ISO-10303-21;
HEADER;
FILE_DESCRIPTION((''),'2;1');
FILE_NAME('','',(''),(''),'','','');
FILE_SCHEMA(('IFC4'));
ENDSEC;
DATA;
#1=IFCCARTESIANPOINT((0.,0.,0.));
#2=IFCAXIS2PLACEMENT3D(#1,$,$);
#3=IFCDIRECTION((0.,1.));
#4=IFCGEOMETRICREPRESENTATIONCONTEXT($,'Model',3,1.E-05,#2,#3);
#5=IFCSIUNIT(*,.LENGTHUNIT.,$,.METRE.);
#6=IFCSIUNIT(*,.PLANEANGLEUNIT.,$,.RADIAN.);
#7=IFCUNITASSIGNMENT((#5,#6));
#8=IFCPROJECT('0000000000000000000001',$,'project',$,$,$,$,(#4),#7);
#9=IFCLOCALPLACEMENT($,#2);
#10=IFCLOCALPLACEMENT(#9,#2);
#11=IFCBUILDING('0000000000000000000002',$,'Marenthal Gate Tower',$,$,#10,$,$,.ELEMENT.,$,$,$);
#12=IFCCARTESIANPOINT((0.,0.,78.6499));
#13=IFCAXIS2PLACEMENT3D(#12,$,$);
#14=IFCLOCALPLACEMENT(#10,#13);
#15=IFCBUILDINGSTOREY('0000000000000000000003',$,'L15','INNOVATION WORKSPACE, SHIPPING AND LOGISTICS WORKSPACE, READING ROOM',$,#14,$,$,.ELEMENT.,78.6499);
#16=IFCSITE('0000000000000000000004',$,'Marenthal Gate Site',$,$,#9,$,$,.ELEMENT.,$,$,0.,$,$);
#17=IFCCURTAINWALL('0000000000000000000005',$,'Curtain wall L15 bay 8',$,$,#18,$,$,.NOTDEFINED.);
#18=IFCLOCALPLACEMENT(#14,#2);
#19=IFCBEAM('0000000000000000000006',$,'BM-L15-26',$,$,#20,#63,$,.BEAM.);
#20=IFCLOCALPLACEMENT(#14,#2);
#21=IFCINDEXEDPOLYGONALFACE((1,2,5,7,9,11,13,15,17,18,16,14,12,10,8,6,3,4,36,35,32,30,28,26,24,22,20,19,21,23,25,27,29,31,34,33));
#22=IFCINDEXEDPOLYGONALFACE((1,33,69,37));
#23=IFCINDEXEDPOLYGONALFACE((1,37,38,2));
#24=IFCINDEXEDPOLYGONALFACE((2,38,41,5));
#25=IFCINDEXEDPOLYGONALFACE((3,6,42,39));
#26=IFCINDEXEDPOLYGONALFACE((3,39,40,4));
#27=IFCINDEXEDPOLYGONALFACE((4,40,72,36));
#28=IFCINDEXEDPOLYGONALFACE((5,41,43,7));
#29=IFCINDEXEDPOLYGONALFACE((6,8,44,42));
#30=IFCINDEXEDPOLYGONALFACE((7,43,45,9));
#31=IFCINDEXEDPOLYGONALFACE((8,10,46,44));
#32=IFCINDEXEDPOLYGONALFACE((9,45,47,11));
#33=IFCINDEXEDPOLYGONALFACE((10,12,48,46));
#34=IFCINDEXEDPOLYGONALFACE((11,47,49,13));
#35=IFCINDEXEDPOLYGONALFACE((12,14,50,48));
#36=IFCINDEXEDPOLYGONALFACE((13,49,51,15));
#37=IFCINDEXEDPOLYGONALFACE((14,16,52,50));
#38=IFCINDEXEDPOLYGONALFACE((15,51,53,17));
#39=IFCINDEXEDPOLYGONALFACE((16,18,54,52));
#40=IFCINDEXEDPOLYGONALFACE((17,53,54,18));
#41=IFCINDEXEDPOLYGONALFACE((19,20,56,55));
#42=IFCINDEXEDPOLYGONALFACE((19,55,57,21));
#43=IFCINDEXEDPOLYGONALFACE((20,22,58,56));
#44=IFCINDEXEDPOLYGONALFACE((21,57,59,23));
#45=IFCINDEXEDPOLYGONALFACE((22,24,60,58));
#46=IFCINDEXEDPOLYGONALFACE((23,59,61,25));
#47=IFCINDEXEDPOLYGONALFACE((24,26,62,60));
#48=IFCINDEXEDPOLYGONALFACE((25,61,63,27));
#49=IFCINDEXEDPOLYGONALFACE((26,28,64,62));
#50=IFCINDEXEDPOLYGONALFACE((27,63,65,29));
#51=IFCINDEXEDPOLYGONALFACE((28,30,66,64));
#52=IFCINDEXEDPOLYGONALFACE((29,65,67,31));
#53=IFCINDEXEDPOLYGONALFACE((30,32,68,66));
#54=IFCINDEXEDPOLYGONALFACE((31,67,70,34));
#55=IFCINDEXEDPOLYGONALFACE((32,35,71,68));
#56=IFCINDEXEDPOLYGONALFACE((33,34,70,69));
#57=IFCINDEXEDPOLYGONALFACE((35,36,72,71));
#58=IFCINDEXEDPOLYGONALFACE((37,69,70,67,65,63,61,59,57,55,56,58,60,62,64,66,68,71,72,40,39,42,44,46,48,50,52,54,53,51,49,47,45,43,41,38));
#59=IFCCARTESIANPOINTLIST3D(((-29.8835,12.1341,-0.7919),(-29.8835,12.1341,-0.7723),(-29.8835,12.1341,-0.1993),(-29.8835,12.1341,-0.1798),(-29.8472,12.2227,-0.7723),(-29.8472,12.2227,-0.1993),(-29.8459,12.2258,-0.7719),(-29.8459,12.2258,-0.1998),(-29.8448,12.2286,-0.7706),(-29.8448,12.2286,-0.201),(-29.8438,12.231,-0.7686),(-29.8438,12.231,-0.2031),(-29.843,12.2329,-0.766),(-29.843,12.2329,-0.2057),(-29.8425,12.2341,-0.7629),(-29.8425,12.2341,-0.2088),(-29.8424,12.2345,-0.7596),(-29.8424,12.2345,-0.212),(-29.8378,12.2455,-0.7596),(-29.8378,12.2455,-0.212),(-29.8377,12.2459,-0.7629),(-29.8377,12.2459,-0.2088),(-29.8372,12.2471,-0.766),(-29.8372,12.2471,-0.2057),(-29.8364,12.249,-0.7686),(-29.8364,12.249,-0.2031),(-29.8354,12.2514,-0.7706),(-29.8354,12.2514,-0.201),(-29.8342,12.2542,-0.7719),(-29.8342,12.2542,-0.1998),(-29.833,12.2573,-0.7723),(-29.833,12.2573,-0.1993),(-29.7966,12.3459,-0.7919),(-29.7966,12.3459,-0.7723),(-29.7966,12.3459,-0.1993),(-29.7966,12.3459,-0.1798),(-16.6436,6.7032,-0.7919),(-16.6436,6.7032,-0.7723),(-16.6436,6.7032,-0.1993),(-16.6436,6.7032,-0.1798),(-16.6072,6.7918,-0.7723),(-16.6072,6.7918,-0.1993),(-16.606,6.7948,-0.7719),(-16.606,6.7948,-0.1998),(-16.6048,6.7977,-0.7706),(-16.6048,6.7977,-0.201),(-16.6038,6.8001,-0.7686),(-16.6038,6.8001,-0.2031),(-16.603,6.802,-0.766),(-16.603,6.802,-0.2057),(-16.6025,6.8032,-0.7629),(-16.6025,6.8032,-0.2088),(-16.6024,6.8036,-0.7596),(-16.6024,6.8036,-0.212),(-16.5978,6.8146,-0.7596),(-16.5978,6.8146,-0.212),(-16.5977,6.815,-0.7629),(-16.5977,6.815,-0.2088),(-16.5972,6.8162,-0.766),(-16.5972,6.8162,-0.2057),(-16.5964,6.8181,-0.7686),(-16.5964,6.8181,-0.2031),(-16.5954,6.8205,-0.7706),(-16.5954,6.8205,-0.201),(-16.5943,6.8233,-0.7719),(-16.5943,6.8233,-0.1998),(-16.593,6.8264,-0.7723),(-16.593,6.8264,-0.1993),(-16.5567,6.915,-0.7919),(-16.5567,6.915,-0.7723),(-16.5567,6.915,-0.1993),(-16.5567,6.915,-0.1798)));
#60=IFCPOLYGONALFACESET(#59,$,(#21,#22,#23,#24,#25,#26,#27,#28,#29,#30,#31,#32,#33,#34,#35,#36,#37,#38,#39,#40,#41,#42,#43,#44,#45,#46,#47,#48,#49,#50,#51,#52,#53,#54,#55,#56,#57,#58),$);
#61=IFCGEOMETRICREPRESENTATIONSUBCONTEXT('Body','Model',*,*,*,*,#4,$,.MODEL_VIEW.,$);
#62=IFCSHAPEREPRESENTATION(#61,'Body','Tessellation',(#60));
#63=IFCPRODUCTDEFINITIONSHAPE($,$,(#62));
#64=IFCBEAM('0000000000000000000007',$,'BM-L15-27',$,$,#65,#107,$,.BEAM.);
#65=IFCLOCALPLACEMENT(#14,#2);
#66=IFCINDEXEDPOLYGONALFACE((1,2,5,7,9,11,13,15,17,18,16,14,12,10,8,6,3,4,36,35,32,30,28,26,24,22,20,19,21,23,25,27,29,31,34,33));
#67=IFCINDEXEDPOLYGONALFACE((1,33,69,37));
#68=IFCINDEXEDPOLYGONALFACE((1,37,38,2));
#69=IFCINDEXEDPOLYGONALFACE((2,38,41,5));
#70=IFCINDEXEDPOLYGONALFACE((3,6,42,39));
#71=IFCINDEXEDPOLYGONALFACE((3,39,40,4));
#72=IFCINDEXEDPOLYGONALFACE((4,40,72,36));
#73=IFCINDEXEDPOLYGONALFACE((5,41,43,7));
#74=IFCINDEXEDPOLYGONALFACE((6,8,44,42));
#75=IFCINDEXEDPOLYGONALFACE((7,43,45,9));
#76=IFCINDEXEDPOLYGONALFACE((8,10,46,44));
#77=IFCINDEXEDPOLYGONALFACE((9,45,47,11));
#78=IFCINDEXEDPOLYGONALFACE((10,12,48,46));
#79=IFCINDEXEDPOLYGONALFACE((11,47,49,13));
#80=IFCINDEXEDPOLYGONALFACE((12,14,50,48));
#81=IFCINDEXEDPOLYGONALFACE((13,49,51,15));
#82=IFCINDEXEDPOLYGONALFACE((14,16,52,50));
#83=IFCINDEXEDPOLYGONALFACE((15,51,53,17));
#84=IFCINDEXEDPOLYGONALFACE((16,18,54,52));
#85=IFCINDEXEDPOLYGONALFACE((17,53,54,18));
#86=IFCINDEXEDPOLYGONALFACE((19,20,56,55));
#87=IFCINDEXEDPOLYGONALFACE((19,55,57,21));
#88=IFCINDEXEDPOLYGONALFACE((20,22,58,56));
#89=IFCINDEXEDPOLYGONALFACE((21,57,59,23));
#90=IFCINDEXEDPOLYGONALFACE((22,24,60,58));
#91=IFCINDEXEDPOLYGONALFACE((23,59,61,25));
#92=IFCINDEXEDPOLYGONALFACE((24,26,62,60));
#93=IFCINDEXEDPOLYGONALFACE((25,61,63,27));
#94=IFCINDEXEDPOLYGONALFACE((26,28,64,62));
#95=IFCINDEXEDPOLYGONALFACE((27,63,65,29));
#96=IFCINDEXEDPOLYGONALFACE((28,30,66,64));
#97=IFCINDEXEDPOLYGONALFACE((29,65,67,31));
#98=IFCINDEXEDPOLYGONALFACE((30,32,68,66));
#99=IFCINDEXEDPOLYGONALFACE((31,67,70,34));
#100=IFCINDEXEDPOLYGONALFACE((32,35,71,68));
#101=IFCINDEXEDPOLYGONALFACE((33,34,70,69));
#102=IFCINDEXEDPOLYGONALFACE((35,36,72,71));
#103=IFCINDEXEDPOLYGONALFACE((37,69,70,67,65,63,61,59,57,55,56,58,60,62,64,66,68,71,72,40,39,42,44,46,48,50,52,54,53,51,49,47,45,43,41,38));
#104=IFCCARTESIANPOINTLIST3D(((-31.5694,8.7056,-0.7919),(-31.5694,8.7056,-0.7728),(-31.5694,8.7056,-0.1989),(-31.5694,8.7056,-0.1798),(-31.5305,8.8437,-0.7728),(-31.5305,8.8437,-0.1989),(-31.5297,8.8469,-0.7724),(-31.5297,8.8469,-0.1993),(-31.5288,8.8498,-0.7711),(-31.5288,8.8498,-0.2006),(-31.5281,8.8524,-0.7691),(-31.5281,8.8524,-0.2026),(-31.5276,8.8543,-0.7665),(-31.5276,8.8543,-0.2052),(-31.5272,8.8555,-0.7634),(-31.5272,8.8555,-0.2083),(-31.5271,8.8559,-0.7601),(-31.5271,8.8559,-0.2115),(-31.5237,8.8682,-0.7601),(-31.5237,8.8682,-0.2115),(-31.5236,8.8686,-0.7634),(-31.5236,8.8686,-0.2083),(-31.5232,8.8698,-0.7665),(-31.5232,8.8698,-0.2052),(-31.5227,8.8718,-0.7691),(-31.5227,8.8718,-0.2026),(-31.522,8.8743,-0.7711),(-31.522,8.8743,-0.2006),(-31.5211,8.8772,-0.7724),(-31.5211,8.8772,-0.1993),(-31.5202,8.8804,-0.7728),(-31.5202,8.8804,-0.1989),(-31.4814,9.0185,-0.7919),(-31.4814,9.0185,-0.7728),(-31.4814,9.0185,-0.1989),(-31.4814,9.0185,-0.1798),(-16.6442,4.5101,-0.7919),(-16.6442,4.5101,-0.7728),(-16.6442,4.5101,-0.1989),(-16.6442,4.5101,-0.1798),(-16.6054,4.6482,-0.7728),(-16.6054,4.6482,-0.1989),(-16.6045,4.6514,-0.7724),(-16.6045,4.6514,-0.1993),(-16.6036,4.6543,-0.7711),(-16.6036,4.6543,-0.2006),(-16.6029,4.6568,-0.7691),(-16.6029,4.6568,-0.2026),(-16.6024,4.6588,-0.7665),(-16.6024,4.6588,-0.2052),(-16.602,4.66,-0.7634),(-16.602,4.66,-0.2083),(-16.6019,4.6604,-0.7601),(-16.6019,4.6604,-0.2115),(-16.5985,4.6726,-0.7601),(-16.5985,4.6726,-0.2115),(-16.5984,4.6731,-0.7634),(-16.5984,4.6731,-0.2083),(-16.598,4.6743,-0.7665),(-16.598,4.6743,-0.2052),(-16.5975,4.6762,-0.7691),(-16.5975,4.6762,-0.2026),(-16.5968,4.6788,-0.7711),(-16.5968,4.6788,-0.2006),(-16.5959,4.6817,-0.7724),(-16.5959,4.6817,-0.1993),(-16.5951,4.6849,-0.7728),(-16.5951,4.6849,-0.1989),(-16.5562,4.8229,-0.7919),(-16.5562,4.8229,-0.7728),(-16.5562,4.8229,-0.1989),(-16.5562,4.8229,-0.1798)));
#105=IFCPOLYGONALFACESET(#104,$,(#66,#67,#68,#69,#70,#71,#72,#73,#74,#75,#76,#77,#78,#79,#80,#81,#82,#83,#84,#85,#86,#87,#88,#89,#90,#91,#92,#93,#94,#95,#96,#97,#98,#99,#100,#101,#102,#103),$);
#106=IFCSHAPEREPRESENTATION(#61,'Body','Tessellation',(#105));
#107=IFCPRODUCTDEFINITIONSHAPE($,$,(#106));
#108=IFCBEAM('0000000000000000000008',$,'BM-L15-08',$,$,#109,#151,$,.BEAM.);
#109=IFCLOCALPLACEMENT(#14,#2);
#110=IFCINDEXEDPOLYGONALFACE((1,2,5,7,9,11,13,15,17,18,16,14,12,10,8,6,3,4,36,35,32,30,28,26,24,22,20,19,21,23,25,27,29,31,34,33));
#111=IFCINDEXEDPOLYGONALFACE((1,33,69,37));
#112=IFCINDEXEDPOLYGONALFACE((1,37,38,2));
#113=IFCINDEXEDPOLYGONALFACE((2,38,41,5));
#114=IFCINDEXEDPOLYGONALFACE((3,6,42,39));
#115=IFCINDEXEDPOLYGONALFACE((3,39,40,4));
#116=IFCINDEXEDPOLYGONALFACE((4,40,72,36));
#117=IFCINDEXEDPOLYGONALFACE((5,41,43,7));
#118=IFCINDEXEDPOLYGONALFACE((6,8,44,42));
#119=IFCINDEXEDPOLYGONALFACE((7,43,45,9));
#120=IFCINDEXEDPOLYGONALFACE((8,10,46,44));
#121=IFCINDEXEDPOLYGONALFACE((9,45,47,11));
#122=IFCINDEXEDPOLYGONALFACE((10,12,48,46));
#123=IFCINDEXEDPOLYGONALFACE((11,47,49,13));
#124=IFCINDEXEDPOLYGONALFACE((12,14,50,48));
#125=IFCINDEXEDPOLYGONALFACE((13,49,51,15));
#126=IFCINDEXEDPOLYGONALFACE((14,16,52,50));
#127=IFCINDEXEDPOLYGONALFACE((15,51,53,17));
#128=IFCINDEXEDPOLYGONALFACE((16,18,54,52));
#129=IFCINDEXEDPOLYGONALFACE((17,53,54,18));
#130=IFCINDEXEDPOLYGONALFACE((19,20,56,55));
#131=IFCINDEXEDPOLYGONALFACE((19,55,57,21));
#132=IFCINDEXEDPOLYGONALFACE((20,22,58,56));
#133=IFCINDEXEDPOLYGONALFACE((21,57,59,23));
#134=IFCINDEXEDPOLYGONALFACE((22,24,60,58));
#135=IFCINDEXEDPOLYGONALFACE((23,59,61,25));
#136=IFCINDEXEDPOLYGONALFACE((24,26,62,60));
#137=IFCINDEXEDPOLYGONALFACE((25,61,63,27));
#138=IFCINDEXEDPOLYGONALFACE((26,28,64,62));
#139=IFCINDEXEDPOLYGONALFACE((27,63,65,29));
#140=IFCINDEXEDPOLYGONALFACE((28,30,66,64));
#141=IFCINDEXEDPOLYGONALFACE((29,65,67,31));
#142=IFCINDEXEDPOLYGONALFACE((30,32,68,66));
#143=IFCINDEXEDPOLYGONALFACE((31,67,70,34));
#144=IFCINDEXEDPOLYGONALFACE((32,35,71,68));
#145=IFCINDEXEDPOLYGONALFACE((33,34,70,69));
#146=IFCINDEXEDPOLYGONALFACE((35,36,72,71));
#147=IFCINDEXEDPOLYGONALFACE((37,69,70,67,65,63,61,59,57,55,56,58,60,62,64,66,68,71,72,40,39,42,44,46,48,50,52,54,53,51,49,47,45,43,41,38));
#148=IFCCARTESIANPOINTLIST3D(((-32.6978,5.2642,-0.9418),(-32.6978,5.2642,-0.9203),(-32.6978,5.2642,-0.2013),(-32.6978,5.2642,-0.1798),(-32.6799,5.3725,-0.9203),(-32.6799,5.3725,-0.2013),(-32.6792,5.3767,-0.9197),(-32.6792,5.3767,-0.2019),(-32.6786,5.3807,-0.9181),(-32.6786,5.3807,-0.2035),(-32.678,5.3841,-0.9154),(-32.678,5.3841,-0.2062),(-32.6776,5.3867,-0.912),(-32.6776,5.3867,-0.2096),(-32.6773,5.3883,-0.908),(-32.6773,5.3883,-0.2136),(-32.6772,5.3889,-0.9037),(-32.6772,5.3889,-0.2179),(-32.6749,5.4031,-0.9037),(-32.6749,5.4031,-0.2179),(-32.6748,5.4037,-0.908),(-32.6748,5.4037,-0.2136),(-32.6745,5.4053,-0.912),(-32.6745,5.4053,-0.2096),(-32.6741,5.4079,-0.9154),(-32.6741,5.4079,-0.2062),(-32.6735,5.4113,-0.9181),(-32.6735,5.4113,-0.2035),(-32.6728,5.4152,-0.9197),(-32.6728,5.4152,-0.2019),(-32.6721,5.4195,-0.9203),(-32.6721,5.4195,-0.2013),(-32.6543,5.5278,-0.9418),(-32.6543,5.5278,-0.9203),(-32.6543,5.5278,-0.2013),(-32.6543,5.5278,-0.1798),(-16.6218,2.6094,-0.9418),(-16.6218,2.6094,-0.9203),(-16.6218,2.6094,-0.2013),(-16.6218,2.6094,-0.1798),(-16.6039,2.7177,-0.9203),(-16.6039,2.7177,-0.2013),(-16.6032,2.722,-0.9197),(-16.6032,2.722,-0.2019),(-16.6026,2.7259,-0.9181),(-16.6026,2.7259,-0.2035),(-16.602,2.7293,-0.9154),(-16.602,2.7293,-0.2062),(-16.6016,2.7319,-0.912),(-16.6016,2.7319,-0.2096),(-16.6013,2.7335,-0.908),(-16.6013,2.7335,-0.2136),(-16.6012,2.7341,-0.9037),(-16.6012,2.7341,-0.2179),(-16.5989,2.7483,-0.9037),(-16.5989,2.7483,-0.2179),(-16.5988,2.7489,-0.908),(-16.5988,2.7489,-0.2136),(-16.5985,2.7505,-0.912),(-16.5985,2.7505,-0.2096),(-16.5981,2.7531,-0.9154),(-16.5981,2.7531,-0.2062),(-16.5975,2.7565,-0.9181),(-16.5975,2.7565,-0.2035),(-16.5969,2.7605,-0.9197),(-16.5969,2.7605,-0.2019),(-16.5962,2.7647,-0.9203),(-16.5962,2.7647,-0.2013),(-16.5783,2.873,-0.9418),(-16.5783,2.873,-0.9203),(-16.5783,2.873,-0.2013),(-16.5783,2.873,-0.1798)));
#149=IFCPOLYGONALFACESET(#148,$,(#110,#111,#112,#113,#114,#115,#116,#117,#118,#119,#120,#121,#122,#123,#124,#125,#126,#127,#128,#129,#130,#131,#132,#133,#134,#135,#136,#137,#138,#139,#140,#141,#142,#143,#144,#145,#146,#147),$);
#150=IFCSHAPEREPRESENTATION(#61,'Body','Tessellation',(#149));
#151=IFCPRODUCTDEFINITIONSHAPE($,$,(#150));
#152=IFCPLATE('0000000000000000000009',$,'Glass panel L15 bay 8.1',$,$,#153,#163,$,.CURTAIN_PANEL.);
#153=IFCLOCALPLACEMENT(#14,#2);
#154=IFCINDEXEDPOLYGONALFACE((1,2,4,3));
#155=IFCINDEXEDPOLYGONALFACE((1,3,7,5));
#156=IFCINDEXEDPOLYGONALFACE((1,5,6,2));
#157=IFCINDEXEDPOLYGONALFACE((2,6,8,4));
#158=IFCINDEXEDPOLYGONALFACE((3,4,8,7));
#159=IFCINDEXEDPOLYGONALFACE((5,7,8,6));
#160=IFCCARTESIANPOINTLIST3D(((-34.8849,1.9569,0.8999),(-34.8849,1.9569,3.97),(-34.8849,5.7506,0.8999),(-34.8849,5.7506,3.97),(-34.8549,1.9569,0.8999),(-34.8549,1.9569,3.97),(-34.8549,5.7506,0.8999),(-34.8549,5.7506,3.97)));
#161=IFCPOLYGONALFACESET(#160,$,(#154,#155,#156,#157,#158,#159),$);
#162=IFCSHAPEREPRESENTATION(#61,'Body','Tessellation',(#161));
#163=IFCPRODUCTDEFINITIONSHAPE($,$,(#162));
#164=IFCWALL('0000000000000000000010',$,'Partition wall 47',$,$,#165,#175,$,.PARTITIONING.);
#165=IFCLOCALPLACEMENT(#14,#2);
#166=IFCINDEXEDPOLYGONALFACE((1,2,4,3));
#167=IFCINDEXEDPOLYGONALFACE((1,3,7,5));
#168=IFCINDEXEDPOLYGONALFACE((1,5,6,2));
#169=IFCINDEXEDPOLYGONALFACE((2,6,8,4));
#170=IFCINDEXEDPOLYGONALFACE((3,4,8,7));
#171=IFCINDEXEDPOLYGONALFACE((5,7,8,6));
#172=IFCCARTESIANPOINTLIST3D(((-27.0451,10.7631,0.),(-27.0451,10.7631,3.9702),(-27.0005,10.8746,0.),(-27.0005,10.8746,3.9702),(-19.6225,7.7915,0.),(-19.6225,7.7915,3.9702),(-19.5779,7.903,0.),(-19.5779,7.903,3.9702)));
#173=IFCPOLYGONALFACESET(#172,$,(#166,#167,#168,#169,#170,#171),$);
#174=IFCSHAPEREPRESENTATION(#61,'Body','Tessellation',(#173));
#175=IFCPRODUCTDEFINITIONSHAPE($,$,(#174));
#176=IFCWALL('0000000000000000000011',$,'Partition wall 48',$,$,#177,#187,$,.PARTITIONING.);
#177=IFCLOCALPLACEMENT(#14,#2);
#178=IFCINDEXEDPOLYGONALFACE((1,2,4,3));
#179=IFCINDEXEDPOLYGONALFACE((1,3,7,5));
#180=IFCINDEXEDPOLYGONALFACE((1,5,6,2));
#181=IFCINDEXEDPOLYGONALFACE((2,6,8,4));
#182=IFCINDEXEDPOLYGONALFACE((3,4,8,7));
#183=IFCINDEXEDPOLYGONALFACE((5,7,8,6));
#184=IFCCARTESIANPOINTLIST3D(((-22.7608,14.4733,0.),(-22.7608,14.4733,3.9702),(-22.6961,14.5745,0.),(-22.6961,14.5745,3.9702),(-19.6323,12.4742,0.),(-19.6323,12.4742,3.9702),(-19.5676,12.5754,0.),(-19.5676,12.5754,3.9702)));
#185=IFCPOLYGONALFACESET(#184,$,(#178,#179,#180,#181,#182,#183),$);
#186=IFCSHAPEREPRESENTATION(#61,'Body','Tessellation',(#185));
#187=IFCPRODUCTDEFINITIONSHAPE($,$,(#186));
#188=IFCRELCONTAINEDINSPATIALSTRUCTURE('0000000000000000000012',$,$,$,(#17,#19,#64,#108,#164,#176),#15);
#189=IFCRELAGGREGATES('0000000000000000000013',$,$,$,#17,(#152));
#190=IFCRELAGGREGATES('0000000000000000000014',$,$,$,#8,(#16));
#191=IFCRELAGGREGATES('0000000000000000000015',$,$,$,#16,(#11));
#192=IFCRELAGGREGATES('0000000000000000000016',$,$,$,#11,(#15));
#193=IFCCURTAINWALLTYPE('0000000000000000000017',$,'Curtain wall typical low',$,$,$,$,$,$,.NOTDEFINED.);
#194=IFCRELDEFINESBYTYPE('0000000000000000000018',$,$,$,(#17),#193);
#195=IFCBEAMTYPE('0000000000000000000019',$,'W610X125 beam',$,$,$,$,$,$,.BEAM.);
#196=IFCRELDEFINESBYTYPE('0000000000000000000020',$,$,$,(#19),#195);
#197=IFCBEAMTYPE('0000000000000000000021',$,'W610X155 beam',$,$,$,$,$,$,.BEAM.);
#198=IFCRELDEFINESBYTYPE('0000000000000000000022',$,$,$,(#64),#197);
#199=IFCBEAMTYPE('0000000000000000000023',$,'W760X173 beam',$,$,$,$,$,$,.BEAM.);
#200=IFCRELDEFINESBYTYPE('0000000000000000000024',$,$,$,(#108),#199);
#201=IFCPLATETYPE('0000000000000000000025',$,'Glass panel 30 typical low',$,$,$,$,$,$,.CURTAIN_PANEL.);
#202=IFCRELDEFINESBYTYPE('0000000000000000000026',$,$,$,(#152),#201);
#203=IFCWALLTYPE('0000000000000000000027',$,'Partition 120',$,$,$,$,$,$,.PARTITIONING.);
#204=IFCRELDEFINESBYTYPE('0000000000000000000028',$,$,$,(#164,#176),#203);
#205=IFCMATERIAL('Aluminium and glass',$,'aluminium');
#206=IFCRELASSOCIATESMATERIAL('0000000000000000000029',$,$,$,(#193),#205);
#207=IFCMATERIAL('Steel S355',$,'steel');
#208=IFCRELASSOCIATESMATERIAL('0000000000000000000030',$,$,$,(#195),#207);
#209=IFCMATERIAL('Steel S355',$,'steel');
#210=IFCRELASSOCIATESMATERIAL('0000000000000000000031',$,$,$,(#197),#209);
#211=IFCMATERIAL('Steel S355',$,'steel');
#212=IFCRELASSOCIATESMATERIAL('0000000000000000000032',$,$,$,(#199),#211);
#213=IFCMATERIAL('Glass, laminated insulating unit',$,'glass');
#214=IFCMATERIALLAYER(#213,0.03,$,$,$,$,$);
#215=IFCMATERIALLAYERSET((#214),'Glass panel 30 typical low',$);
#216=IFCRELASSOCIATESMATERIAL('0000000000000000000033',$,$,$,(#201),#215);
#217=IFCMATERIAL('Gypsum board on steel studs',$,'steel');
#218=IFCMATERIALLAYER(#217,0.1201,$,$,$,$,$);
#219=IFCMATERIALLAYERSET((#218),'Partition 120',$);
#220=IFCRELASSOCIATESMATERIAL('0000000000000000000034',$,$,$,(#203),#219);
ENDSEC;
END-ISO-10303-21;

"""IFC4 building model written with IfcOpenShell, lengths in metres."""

from ifc_helpers import new_model, si_unit, direction, frame, frame_2d, origin, origin_2d, place, context, subcontext, project, spatial, rectangle, i_section, extrude, material, layer, layer_set, material_profile, profile_set, type_object, element, aggregate, save


model = new_model("IFC4")

# Units and contexts
model_context = context("Model", 3, precision=1e-05, world=origin(), true_north=direction((0.0, 1.0)))
body_context = subcontext(model_context, "Body", "Model", "MODEL_VIEW")
ifc_project = project(units=[si_unit("LENGTHUNIT", "METRE"), si_unit("PLANEANGLEUNIT", "RADIAN")], contexts=[model_context])

# Site, building, storey
site_placement = place(None, origin())
site = spatial("IfcSite", under=ifc_project, at=site_placement, Name="Marenthal Gate Site", CompositionType="ELEMENT", RefElevation=0.0)
building_placement = place(site_placement, origin())
building = spatial("IfcBuilding", under=site, at=building_placement, Name="Marenthal Gate Tower", CompositionType="ELEMENT")
storey_placement = place(building_placement, frame((0.0, 0.0, 78.6499)))
storey = spatial("IfcBuildingStorey", under=building, at=storey_placement, Name="L15", Description="INNOVATION WORKSPACE, SHIPPING AND LOGISTICS WORKSPACE, READING ROOM", CompositionType="ELEMENT", Elevation=78.6499)

# Curtain wall
ifc_material_1 = material(Name="Aluminium and glass", Category="aluminium")
curtain_wall_type = type_object("IfcCurtainWallType", Name="Curtain wall typical low", PredefinedType="NOTDEFINED", material=ifc_material_1)
curtain_wall_placement = place(storey_placement, origin())
curtain_wall = element("IfcCurtainWall", 1, at=curtain_wall_placement, inside=storey, type_object=curtain_wall_type, Name="Curtain wall L15 bay 8", PredefinedType="NOTDEFINED")

# Beams
ifc_material_2 = material(Name="Steel S355", Category="steel")
ifc_material_profile_1 = material_profile(ifc_material_2, i_section(OverallWidth=0.229, OverallDepth=0.6121, WebThickness=0.012, FlangeThickness=0.0195, FilletRadius=0.0127, at=origin_2d()), Name="W610X125")
ifc_profile_set_1 = profile_set([ifc_material_profile_1], Name="Steel S355")
beam_type_1 = type_object("IfcBeamType", Name="W610X125 beam", PredefinedType="BEAM", material=ifc_profile_set_1)
beam_1_placement = place(storey_placement, frame((-29.8401, 12.24, -0.4858), z_axis=(0.92519, -0.379504, 0.0), x_axis=(0.379504, 0.92519, 0.0)))
element("IfcBeam", 2, at=beam_1_placement, inside=storey, type_object=beam_type_1, Name="BM-L15-26", PredefinedType="BEAM", context=body_context, shape_type="SweptSolid", body=[
    extrude(i_section(OverallWidth=0.229, OverallDepth=0.6121, WebThickness=0.012, FlangeThickness=0.0195, FilletRadius=0.0127, at=origin_2d()), origin(), (0.0, 0.0, 1.0), 14.3105),
])
ifc_material_3 = material(Name="Steel S355", Category="steel")
ifc_material_profile_2 = material_profile(ifc_material_3, i_section(OverallWidth=0.325, OverallDepth=0.6121, WebThickness=0.0127, FlangeThickness=0.019, FilletRadius=0.0127, at=origin_2d()), Name="W610X155")
ifc_profile_set_2 = profile_set([ifc_material_profile_2], Name="Steel S355")
beam_type_2 = type_object("IfcBeamType", Name="W610X155 beam", PredefinedType="BEAM", material=ifc_profile_set_2)
beam_2_placement = place(storey_placement, frame((-31.5254, 8.8621, -0.4858), z_axis=(0.962688, -0.270615, 0.0), x_axis=(0.270615, 0.962688, 0.0)))
element("IfcBeam", 3, at=beam_2_placement, inside=storey, type_object=beam_type_2, Name="BM-L15-27", PredefinedType="BEAM", context=body_context, shape_type="SweptSolid", body=[
    extrude(i_section(OverallWidth=0.325, OverallDepth=0.6121, WebThickness=0.0127, FlangeThickness=0.019, FilletRadius=0.0127, at=origin_2d()), origin(), (0.0, 0.0, 1.0), 15.5037),
])
ifc_material_4 = material(Name="Steel S355", Category="steel")
ifc_material_profile_3 = material_profile(ifc_material_4, i_section(OverallWidth=0.2671, OverallDepth=0.762, WebThickness=0.0144, FlangeThickness=0.0215, FilletRadius=0.0166, at=origin_2d()), Name="W760X173")
ifc_profile_set_3 = profile_set([ifc_material_profile_3], Name="Steel S355")
beam_type_3 = type_object("IfcBeamType", Name="W760X173 beam", PredefinedType="BEAM", material=ifc_profile_set_3)
beam_3_placement = place(storey_placement, frame((-32.676, 5.396, -0.5608), z_axis=(0.986637, -0.162934, 0.0), x_axis=(0.162934, 0.986637, 0.0)))
element("IfcBeam", 4, at=beam_3_placement, inside=storey, type_object=beam_type_3, Name="BM-L15-08", PredefinedType="BEAM", context=body_context, shape_type="SweptSolid", body=[
    extrude(i_section(OverallWidth=0.2671, OverallDepth=0.762, WebThickness=0.0144, FlangeThickness=0.0215, FilletRadius=0.0166, at=origin_2d()), origin(), (0.0, 0.0, 1.0), 16.2937),
])

# Plate
ifc_material_5 = material(Name="Glass, laminated insulating unit", Category="glass")
ifc_layer_1 = layer(ifc_material_5, 0.03)
ifc_layer_set_1 = layer_set([ifc_layer_1], Name="Glass panel 30 typical low")
plate_type = type_object("IfcPlateType", Name="Glass panel 30 typical low", PredefinedType="CURTAIN_PANEL", material=ifc_layer_set_1)
plate_placement = place(storey_placement, frame((-34.8699, 3.8538, 0.8999), z_axis=(0.0, 0.0, 1.0), x_axis=(0.0, -1.0, 0.0)))
plate = element("IfcPlate", 5, at=plate_placement, type_object=plate_type, Name="Glass panel L15 bay 8.1", PredefinedType="CURTAIN_PANEL", context=body_context, shape_type="SweptSolid", body=[
    extrude(rectangle(XDim=3.7937, YDim=0.03, at=origin_2d()), origin(), (0.0, 0.0, 1.0), 3.0701),
])
aggregate(curtain_wall, [plate])

# Walls
ifc_material_6 = material(Name="Gypsum board on steel studs", Category="steel")
ifc_layer_2 = layer(ifc_material_6, 0.1201)
ifc_layer_set_2 = layer_set([ifc_layer_2], Name="Partition 120")
wall_type = type_object("IfcWallType", Name="Partition 120", PredefinedType="PARTITIONING", material=ifc_layer_set_2)
wall_1_placement = place(storey_placement, frame((-27.0227, 10.8188, 0.0), z_axis=(0.0, 0.0, 1.0), x_axis=(0.928363, -0.371675, 0.0)))
element("IfcWall", 6, at=wall_1_placement, inside=storey, type_object=wall_type, Name="Partition wall 47", PredefinedType="PARTITIONING", context=body_context, shape_type="SweptSolid", body=[
    extrude(rectangle(XDim=7.9954, YDim=0.1201, at=frame_2d((3.9976, 0.0))), origin(), (0.0, 0.0, 1.0), 3.9702),
])
wall_2_placement = place(storey_placement, frame((-22.7285, 14.5239, 0.0), z_axis=(0.0, 0.0, 1.0), x_axis=(0.842658, -0.538449, 0.0)))
element("IfcWall", 7, at=wall_2_placement, inside=storey, type_object=wall_type, Name="Partition wall 48", PredefinedType="PARTITIONING", context=body_context, shape_type="SweptSolid", body=[
    extrude(rectangle(XDim=3.7126, YDim=0.1201, at=frame_2d((1.8564, 0.0))), origin(), (0.0, 0.0, 1.0), 3.9702),
])

save(model, "model.ifc")
